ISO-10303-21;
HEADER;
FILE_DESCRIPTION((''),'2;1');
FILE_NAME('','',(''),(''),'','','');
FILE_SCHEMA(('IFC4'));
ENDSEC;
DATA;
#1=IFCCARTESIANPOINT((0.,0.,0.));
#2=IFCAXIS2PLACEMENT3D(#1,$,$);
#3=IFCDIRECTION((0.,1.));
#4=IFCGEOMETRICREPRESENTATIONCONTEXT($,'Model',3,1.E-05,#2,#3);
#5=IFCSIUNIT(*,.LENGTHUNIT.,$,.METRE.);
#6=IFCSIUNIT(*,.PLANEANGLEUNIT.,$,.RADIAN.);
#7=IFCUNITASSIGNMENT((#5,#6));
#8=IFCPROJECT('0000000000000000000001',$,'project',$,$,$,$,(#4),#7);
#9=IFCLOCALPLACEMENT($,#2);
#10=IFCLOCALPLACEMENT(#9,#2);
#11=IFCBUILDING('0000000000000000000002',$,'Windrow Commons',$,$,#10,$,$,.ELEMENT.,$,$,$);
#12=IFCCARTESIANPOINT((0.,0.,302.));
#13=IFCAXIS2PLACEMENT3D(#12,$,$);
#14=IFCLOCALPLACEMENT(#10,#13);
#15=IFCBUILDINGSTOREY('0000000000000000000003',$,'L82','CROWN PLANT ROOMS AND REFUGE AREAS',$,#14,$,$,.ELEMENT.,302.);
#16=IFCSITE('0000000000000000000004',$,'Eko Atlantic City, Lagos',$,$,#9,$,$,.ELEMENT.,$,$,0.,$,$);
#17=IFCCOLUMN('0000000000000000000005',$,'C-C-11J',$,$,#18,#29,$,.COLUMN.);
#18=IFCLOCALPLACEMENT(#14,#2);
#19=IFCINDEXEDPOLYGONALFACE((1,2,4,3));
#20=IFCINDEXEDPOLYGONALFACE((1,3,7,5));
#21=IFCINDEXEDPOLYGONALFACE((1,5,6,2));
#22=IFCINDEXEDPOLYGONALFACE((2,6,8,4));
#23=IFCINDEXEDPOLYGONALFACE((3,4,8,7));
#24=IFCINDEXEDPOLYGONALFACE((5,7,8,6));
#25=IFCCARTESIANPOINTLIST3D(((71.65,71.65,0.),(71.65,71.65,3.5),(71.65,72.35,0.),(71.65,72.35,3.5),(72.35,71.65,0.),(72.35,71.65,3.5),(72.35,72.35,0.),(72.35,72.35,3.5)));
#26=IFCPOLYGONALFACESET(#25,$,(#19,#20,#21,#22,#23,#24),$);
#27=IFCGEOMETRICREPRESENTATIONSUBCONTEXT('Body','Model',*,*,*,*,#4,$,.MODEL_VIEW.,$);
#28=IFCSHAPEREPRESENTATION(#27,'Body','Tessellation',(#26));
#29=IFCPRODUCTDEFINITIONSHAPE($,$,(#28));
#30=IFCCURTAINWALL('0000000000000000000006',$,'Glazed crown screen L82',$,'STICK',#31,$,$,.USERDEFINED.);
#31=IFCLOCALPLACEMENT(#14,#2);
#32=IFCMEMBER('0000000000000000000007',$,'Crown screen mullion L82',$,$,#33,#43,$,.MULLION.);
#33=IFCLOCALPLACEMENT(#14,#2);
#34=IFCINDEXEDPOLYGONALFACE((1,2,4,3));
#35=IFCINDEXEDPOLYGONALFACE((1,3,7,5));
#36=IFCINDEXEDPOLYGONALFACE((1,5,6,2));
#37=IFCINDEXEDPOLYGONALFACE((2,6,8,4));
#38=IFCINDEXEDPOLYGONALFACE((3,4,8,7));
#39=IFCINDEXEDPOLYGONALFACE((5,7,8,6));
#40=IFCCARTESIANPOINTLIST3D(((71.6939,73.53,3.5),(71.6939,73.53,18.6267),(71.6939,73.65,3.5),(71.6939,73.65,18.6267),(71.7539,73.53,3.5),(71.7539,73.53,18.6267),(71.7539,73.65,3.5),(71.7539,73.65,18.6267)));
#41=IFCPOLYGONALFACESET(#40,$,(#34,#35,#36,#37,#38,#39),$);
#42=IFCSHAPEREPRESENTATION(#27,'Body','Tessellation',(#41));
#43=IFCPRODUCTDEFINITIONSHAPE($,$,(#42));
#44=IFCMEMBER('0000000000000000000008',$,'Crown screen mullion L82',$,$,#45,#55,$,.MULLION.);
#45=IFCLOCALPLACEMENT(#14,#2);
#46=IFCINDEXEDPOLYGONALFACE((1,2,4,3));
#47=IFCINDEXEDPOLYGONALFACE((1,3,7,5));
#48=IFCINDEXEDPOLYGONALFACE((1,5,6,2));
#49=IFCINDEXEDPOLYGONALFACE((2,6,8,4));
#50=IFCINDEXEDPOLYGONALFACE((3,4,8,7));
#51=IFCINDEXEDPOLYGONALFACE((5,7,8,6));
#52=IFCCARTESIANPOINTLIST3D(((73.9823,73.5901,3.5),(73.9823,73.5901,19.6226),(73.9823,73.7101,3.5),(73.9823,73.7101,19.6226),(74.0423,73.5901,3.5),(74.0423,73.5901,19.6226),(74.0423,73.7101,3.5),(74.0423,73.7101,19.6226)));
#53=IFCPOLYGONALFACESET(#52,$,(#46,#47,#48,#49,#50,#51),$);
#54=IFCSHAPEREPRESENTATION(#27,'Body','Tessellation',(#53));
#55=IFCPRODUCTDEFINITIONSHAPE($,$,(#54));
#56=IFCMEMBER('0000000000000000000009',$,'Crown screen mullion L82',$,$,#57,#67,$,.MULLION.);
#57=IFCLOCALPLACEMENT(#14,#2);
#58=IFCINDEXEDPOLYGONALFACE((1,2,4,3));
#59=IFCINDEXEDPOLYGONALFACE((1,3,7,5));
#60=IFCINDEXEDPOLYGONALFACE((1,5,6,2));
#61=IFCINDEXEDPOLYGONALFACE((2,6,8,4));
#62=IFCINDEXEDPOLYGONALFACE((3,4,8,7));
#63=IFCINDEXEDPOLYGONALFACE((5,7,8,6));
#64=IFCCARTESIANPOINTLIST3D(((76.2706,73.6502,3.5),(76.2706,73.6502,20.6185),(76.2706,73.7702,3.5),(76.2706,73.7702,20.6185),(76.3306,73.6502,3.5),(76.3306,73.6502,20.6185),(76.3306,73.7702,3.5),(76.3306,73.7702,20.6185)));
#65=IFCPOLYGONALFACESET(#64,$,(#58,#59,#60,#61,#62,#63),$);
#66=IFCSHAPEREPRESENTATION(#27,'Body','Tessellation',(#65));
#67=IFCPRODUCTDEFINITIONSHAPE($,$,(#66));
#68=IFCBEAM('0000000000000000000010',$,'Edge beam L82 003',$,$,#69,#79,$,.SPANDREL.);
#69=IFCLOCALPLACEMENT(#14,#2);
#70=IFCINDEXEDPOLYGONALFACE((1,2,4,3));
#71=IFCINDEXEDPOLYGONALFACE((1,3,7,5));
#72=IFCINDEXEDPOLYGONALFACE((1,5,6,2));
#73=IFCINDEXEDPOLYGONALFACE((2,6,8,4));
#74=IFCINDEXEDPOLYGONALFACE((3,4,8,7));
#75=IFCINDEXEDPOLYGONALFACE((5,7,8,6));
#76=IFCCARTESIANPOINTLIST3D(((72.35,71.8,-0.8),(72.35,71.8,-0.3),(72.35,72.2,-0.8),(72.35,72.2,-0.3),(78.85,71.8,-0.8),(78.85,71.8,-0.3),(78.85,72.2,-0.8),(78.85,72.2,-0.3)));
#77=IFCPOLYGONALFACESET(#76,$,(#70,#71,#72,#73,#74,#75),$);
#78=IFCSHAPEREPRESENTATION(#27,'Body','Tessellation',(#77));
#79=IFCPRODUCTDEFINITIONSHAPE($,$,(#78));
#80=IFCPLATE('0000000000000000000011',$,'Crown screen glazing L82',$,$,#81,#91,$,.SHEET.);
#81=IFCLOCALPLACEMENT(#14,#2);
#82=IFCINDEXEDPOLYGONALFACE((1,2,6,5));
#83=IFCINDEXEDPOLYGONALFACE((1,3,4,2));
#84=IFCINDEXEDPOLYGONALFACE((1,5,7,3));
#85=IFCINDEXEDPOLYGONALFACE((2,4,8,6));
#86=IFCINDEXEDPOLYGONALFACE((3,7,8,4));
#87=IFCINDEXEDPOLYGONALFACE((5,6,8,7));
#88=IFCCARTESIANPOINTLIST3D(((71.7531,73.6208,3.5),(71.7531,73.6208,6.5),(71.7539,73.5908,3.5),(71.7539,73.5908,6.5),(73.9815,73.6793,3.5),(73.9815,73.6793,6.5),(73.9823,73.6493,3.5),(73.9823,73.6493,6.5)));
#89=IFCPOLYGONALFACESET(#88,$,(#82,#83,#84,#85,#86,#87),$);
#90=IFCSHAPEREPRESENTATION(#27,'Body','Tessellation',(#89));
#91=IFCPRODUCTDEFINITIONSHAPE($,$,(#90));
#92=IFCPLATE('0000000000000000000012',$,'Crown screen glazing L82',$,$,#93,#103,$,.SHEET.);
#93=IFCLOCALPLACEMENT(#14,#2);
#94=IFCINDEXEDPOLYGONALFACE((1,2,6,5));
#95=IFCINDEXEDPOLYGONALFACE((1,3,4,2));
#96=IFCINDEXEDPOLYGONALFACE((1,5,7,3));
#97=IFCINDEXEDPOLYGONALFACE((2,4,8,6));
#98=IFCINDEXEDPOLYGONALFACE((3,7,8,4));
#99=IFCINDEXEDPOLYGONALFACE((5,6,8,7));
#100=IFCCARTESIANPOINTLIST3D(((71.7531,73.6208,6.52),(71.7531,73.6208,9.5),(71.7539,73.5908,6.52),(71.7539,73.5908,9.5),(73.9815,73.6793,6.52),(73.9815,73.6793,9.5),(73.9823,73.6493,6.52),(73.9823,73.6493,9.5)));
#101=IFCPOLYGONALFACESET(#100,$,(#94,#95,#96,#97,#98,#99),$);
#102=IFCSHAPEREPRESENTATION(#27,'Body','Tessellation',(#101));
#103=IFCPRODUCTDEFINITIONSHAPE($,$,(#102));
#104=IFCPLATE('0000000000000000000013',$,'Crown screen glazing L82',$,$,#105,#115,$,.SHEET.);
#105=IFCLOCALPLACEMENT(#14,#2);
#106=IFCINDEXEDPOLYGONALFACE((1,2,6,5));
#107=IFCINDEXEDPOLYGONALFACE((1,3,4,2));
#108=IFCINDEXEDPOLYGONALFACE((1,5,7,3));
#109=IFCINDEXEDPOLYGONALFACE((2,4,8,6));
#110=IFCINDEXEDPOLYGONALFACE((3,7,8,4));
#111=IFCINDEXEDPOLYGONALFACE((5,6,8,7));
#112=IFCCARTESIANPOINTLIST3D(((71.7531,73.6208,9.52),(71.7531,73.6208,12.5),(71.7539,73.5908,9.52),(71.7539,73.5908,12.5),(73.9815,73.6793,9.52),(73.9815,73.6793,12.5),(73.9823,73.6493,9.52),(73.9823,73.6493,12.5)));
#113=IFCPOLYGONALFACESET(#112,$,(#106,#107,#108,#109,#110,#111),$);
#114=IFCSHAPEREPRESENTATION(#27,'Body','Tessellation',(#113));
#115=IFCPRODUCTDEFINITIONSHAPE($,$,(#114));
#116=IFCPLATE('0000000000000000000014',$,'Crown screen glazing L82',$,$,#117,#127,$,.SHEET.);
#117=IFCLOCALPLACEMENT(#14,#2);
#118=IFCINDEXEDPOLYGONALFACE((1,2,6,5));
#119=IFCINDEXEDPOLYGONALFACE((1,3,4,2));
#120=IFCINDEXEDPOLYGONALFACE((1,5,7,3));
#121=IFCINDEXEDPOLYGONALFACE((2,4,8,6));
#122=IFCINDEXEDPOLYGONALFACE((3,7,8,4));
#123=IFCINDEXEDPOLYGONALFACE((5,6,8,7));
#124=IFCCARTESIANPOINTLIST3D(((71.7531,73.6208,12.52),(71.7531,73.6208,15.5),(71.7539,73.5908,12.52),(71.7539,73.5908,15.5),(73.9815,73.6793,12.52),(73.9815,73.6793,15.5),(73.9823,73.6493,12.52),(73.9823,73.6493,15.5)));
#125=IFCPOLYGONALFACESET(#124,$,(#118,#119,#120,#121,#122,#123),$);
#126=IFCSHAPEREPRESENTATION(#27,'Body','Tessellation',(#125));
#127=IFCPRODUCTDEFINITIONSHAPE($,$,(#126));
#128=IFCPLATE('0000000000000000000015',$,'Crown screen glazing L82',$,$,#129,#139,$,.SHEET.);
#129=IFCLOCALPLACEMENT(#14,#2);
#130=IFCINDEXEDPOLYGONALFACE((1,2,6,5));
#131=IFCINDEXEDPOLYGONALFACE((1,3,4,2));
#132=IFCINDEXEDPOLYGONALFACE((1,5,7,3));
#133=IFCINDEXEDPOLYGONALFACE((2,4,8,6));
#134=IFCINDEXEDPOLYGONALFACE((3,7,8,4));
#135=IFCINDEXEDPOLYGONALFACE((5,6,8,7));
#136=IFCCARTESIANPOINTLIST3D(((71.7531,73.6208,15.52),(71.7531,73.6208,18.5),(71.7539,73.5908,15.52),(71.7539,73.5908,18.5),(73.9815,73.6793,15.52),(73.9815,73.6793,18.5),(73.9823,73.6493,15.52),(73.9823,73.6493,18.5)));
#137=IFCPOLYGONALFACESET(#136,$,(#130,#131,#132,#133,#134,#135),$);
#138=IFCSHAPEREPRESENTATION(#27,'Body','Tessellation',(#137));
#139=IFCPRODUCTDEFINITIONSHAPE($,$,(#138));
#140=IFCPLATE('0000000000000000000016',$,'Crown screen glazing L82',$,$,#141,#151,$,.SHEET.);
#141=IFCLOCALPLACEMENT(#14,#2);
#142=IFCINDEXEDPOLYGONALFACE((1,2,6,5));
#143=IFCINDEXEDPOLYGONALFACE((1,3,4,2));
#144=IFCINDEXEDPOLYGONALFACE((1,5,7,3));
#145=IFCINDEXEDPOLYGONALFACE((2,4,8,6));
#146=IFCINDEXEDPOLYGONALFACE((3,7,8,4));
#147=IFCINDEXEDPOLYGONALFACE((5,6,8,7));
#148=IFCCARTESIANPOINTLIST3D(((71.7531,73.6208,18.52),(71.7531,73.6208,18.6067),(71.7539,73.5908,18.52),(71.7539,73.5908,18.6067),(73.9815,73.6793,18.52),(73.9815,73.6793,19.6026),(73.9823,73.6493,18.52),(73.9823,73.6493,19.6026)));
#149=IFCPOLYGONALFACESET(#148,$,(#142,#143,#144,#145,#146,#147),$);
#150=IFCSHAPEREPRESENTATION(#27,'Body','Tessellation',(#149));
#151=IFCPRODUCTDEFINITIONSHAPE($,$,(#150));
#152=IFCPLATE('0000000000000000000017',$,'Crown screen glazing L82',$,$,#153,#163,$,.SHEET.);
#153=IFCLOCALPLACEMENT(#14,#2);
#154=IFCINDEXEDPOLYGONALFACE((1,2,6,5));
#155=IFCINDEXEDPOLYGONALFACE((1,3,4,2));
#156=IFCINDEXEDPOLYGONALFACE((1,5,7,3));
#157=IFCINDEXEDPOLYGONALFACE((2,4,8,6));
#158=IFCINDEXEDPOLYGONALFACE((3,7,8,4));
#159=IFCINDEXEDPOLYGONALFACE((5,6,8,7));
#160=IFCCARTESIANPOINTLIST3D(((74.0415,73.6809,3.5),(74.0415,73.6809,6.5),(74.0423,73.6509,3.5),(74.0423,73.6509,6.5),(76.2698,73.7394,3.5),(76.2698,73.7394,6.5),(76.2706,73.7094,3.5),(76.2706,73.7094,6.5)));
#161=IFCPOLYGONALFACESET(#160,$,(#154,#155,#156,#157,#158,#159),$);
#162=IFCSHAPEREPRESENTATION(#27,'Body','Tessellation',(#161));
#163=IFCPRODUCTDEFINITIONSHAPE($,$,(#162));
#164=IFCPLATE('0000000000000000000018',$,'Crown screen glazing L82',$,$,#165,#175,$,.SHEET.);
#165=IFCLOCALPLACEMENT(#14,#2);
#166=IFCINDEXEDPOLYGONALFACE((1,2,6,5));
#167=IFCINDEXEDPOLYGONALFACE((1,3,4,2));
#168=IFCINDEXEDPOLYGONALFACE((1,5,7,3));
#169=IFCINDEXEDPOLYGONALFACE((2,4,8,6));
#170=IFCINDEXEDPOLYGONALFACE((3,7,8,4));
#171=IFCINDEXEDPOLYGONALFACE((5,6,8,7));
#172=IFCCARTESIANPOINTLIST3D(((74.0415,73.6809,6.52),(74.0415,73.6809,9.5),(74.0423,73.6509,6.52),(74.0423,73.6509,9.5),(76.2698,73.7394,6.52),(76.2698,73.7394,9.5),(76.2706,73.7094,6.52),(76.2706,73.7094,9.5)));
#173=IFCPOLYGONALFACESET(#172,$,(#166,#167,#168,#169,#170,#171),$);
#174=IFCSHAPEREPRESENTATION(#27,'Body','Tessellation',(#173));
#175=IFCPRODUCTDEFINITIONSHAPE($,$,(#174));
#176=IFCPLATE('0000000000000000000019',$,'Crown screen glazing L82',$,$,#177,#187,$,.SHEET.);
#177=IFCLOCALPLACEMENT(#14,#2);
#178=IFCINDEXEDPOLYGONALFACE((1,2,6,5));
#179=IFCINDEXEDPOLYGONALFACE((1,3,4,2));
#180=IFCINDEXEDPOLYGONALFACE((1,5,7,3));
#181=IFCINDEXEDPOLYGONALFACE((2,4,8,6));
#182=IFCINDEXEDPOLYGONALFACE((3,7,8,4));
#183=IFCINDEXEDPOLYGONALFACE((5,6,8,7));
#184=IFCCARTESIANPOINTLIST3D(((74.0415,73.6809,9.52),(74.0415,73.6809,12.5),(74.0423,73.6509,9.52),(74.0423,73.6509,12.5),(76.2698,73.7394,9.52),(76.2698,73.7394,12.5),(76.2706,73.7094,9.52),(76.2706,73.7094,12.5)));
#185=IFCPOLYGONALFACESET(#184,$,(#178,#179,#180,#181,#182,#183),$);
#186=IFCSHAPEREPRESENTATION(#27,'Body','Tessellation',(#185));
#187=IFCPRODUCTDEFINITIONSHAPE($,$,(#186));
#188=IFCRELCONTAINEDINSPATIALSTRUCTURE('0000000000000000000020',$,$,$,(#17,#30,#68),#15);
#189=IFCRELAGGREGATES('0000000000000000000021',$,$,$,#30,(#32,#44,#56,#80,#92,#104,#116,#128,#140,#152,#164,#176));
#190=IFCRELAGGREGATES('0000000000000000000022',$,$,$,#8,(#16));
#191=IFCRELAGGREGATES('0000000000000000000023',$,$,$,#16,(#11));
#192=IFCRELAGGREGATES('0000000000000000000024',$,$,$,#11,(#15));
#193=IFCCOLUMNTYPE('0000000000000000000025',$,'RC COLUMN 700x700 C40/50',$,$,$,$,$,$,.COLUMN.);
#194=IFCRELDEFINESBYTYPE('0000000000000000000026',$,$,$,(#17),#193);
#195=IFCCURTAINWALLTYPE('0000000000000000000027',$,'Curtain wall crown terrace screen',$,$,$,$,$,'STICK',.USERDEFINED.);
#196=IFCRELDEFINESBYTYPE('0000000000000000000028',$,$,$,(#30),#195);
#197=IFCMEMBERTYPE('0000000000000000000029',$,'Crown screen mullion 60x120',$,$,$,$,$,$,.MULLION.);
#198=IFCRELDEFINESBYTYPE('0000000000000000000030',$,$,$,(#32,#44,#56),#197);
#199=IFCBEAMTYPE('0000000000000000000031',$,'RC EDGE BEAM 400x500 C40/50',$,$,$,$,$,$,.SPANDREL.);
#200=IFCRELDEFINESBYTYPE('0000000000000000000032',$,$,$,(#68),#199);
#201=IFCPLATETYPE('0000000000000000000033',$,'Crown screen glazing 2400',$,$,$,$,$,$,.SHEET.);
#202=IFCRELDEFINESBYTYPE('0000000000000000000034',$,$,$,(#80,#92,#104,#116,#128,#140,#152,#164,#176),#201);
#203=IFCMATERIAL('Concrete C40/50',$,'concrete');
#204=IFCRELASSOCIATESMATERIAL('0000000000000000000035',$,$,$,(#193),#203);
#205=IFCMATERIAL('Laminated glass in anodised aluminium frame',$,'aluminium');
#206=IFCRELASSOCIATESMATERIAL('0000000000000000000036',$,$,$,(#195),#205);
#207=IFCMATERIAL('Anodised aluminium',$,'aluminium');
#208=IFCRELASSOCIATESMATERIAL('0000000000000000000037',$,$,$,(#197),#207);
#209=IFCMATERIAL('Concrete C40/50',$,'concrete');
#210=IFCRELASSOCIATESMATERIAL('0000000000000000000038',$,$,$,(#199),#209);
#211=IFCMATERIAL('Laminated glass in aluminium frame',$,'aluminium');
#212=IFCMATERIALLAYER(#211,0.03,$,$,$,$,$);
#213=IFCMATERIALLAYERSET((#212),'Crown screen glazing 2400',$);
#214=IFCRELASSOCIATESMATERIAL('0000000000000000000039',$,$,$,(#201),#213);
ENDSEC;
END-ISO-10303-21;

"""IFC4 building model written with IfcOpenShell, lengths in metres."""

from ifc_helpers import new_model, si_unit, direction, frame, origin, origin_2d, place, context, subcontext, project, spatial, polyline, rectangle, outline, extrude, material, layer, layer_set, material_profile, profile_set, type_object, element, aggregate, save


model = new_model("IFC4")

# Units and contexts
model_context = context("Model", 3, precision=1e-05, world=origin(), true_north=direction((0.0, 1.0)))
body_context = subcontext(model_context, "Body", "Model", "MODEL_VIEW")
ifc_project = project(units=[si_unit("LENGTHUNIT", "METRE"), si_unit("PLANEANGLEUNIT", "RADIAN")], contexts=[model_context])

# Site, building, storey
site_placement = place(None, origin())
site = spatial("IfcSite", under=ifc_project, at=site_placement, Name="Eko Atlantic City, Lagos", CompositionType="ELEMENT", RefElevation=0.0)
building_placement = place(site_placement, origin())
building = spatial("IfcBuilding", under=site, at=building_placement, Name="Windrow Commons", CompositionType="ELEMENT")
storey_placement = place(building_placement, frame((0.0, 0.0, 302.0)))
storey = spatial("IfcBuildingStorey", under=building, at=storey_placement, Name="L82", Description="CROWN PLANT ROOMS AND REFUGE AREAS", CompositionType="ELEMENT", Elevation=302.0)

# Column
ifc_material_1 = material(Name="Concrete C40/50", Category="concrete")
ifc_material_profile_1 = material_profile(ifc_material_1, rectangle(XDim=0.7, YDim=0.7, at=origin_2d()))
ifc_profile_set_1 = profile_set([ifc_material_profile_1], Name="Concrete C40/50")
column_type = type_object("IfcColumnType", Name="RC COLUMN 700x700 C40/50", PredefinedType="COLUMN", material=ifc_profile_set_1)
column_placement = place(storey_placement, frame((72.0, 72.0, 0.0), z_axis=(0.0, 0.0, 1.0), x_axis=(1.0, 0.0, 0.0)))
element("IfcColumn", 1, at=column_placement, inside=storey, type_object=column_type, Name="C-C-11J", PredefinedType="COLUMN", context=body_context, shape_type="SweptSolid", body=[
    extrude(rectangle(XDim=0.7, YDim=0.7, at=origin_2d()), origin(), (0.0, 0.0, 1.0), 3.5),
])

# Curtain wall, members
ifc_material_2 = material(Name="Laminated glass in anodised aluminium frame", Category="aluminium")
curtain_wall_type = type_object("IfcCurtainWallType", Name="Curtain wall crown terrace screen", ElementType="STICK", PredefinedType="USERDEFINED", material=ifc_material_2)
curtain_wall_placement = place(storey_placement, origin())
curtain_wall = element("IfcCurtainWall", 2, at=curtain_wall_placement, inside=storey, type_object=curtain_wall_type, Name="Glazed crown screen L82", ObjectType="STICK", PredefinedType="USERDEFINED")
ifc_material_3 = material(Name="Anodised aluminium", Category="aluminium")
ifc_material_profile_2 = material_profile(ifc_material_3, rectangle(XDim=0.06, YDim=0.12, at=origin_2d()))
ifc_profile_set_2 = profile_set([ifc_material_profile_2], Name="Anodised aluminium")
member_type = type_object("IfcMemberType", Name="Crown screen mullion 60x120", PredefinedType="MULLION", material=ifc_profile_set_2)
member_1_placement = place(storey_placement, frame((71.7239, 73.59, 3.5), z_axis=(0.0, 0.0, 1.0), x_axis=(1.0, 0.0, 0.0)))
member_1 = element("IfcMember", 3, at=member_1_placement, type_object=member_type, Name="Crown screen mullion L82", PredefinedType="MULLION", context=body_context, shape_type="SweptSolid", body=[
    extrude(rectangle(XDim=0.06, YDim=0.12, at=origin_2d()), origin(), (0.0, 0.0, 1.0), 15.1267),
])
member_2_placement = place(storey_placement, frame((74.0123, 73.6501, 3.5), z_axis=(0.0, 0.0, 1.0), x_axis=(1.0, 0.0, 0.0)))
member_2 = element("IfcMember", 4, at=member_2_placement, type_object=member_type, Name="Crown screen mullion L82", PredefinedType="MULLION", context=body_context, shape_type="SweptSolid", body=[
    extrude(rectangle(XDim=0.06, YDim=0.12, at=origin_2d()), origin(), (0.0, 0.0, 1.0), 16.1226),
])
member_3_placement = place(storey_placement, frame((76.3006, 73.7102, 3.5), z_axis=(0.0, 0.0, 1.0), x_axis=(1.0, 0.0, 0.0)))
member_3 = element("IfcMember", 5, at=member_3_placement, type_object=member_type, Name="Crown screen mullion L82", PredefinedType="MULLION", context=body_context, shape_type="SweptSolid", body=[
    extrude(rectangle(XDim=0.06, YDim=0.12, at=origin_2d()), origin(), (0.0, 0.0, 1.0), 17.1185),
])

# Beam
ifc_material_4 = material(Name="Concrete C40/50", Category="concrete")
ifc_material_profile_3 = material_profile(ifc_material_4, rectangle(XDim=0.4, YDim=0.5, at=origin_2d()))
ifc_profile_set_3 = profile_set([ifc_material_profile_3], Name="Concrete C40/50")
beam_type = type_object("IfcBeamType", Name="RC EDGE BEAM 400x500 C40/50", PredefinedType="SPANDREL", material=ifc_profile_set_3)
beam_placement = place(storey_placement, frame((72.35, 72.0, -0.55), z_axis=(1.0, 0.0, 0.0), x_axis=(0.0, 1.0, 0.0)))
element("IfcBeam", 6, at=beam_placement, inside=storey, type_object=beam_type, Name="Edge beam L82 003", PredefinedType="SPANDREL", context=body_context, shape_type="SweptSolid", body=[
    extrude(rectangle(XDim=0.4, YDim=0.5, at=origin_2d()), origin(), (0.0, 0.0, 1.0), 6.5),
])

# Plates
ifc_material_5 = material(Name="Laminated glass in aluminium frame", Category="aluminium")
ifc_layer_1 = layer(ifc_material_5, 0.03)
ifc_layer_set_1 = layer_set([ifc_layer_1], Name="Crown screen glazing 2400")
plate_type = type_object("IfcPlateType", Name="Crown screen glazing 2400", PredefinedType="SHEET", material=ifc_layer_set_1)
plate_1_placement = place(storey_placement, frame((71.7539, 73.5908, 3.5), z_axis=(0.026243, -0.999656, 0.0), x_axis=(0.999656, 0.026243, 0.0)))
plate_1 = element("IfcPlate", 7, at=plate_1_placement, type_object=plate_type, Name="Crown screen glazing L82", PredefinedType="SHEET", context=body_context, shape_type="SweptSolid", body=[
    extrude(outline(polyline([(0.0, 0.0), (2.2292, 0.0), (2.2292, 3.0), (0.0, 3.0), (0.0, 0.0)])), origin(), (0.0, 0.0, -1.0), 0.03),
])
plate_2_placement = place(storey_placement, frame((71.7539, 73.5908, 6.52), z_axis=(0.026243, -0.999656, 0.0), x_axis=(0.999656, 0.026243, 0.0)))
plate_2 = element("IfcPlate", 8, at=plate_2_placement, type_object=plate_type, Name="Crown screen glazing L82", PredefinedType="SHEET", context=body_context, shape_type="SweptSolid", body=[
    extrude(outline(polyline([(0.0, 0.0), (2.2292, 0.0), (2.2292, 2.98), (0.0, 2.98), (0.0, 0.0)])), origin(), (0.0, 0.0, -1.0), 0.03),
])
plate_3_placement = place(storey_placement, frame((71.7539, 73.5908, 9.52), z_axis=(0.026243, -0.999656, 0.0), x_axis=(0.999656, 0.026243, 0.0)))
plate_3 = element("IfcPlate", 9, at=plate_3_placement, type_object=plate_type, Name="Crown screen glazing L82", PredefinedType="SHEET", context=body_context, shape_type="SweptSolid", body=[
    extrude(outline(polyline([(0.0, 0.0), (2.2292, 0.0), (2.2292, 2.98), (0.0, 2.98), (0.0, 0.0)])), origin(), (0.0, 0.0, -1.0), 0.03),
])
plate_4_placement = place(storey_placement, frame((71.7539, 73.5908, 12.52), z_axis=(0.026243, -0.999656, 0.0), x_axis=(0.999656, 0.026243, 0.0)))
plate_4 = element("IfcPlate", 10, at=plate_4_placement, type_object=plate_type, Name="Crown screen glazing L82", PredefinedType="SHEET", context=body_context, shape_type="SweptSolid", body=[
    extrude(outline(polyline([(0.0, 0.0), (2.2292, 0.0), (2.2292, 2.98), (0.0, 2.98), (0.0, 0.0)])), origin(), (0.0, 0.0, -1.0), 0.03),
])
plate_5_placement = place(storey_placement, frame((71.7539, 73.5908, 15.52), z_axis=(0.026243, -0.999656, 0.0), x_axis=(0.999656, 0.026243, 0.0)))
plate_5 = element("IfcPlate", 11, at=plate_5_placement, type_object=plate_type, Name="Crown screen glazing L82", PredefinedType="SHEET", context=body_context, shape_type="SweptSolid", body=[
    extrude(outline(polyline([(0.0, 0.0), (2.2292, 0.0), (2.2292, 2.98), (0.0, 2.98), (0.0, 0.0)])), origin(), (0.0, 0.0, -1.0), 0.03),
])
plate_6_placement = place(storey_placement, frame((71.7539, 73.5908, 18.52), z_axis=(0.026243, -0.999656, 0.0), x_axis=(0.999656, 0.026243, 0.0)))
plate_6 = element("IfcPlate", 12, at=plate_6_placement, type_object=plate_type, Name="Crown screen glazing L82", PredefinedType="SHEET", context=body_context, shape_type="SweptSolid", body=[
    extrude(outline(polyline([(0.0, 0.0), (2.2292, 0.0), (2.2292, 1.0826), (0.0, 0.0867), (0.0, 0.0)])), origin(), (0.0, 0.0, -1.0), 0.03),
])
plate_7_placement = place(storey_placement, frame((74.0423, 73.6509, 3.5), z_axis=(0.026244, -0.999656, 0.0), x_axis=(0.999656, 0.026244, 0.0)))
plate_7 = element("IfcPlate", 13, at=plate_7_placement, type_object=plate_type, Name="Crown screen glazing L82", PredefinedType="SHEET", context=body_context, shape_type="SweptSolid", body=[
    extrude(outline(polyline([(0.0, 0.0), (2.2291, 0.0), (2.2291, 3.0), (0.0, 3.0), (0.0, 0.0)])), origin(), (0.0, 0.0, -1.0), 0.03),
])
plate_8_placement = place(storey_placement, frame((74.0423, 73.6509, 6.52), z_axis=(0.026244, -0.999656, 0.0), x_axis=(0.999656, 0.026244, 0.0)))
plate_8 = element("IfcPlate", 14, at=plate_8_placement, type_object=plate_type, Name="Crown screen glazing L82", PredefinedType="SHEET", context=body_context, shape_type="SweptSolid", body=[
    extrude(outline(polyline([(0.0, 0.0), (2.2291, 0.0), (2.2291, 2.98), (0.0, 2.98), (0.0, 0.0)])), origin(), (0.0, 0.0, -1.0), 0.03),
])
plate_9_placement = place(storey_placement, frame((74.0423, 73.6509, 9.52), z_axis=(0.026244, -0.999656, 0.0), x_axis=(0.999656, 0.026244, 0.0)))
plate_9 = element("IfcPlate", 15, at=plate_9_placement, type_object=plate_type, Name="Crown screen glazing L82", PredefinedType="SHEET", context=body_context, shape_type="SweptSolid", body=[
    extrude(outline(polyline([(0.0, 0.0), (2.2291, 0.0), (2.2291, 2.98), (0.0, 2.98), (0.0, 0.0)])), origin(), (0.0, 0.0, -1.0), 0.03),
])
aggregate(curtain_wall, [member_1, member_2, member_3, plate_1, plate_2, plate_3, plate_4, plate_5, plate_6, plate_7, plate_8, plate_9])

save(model, "model.ifc")
